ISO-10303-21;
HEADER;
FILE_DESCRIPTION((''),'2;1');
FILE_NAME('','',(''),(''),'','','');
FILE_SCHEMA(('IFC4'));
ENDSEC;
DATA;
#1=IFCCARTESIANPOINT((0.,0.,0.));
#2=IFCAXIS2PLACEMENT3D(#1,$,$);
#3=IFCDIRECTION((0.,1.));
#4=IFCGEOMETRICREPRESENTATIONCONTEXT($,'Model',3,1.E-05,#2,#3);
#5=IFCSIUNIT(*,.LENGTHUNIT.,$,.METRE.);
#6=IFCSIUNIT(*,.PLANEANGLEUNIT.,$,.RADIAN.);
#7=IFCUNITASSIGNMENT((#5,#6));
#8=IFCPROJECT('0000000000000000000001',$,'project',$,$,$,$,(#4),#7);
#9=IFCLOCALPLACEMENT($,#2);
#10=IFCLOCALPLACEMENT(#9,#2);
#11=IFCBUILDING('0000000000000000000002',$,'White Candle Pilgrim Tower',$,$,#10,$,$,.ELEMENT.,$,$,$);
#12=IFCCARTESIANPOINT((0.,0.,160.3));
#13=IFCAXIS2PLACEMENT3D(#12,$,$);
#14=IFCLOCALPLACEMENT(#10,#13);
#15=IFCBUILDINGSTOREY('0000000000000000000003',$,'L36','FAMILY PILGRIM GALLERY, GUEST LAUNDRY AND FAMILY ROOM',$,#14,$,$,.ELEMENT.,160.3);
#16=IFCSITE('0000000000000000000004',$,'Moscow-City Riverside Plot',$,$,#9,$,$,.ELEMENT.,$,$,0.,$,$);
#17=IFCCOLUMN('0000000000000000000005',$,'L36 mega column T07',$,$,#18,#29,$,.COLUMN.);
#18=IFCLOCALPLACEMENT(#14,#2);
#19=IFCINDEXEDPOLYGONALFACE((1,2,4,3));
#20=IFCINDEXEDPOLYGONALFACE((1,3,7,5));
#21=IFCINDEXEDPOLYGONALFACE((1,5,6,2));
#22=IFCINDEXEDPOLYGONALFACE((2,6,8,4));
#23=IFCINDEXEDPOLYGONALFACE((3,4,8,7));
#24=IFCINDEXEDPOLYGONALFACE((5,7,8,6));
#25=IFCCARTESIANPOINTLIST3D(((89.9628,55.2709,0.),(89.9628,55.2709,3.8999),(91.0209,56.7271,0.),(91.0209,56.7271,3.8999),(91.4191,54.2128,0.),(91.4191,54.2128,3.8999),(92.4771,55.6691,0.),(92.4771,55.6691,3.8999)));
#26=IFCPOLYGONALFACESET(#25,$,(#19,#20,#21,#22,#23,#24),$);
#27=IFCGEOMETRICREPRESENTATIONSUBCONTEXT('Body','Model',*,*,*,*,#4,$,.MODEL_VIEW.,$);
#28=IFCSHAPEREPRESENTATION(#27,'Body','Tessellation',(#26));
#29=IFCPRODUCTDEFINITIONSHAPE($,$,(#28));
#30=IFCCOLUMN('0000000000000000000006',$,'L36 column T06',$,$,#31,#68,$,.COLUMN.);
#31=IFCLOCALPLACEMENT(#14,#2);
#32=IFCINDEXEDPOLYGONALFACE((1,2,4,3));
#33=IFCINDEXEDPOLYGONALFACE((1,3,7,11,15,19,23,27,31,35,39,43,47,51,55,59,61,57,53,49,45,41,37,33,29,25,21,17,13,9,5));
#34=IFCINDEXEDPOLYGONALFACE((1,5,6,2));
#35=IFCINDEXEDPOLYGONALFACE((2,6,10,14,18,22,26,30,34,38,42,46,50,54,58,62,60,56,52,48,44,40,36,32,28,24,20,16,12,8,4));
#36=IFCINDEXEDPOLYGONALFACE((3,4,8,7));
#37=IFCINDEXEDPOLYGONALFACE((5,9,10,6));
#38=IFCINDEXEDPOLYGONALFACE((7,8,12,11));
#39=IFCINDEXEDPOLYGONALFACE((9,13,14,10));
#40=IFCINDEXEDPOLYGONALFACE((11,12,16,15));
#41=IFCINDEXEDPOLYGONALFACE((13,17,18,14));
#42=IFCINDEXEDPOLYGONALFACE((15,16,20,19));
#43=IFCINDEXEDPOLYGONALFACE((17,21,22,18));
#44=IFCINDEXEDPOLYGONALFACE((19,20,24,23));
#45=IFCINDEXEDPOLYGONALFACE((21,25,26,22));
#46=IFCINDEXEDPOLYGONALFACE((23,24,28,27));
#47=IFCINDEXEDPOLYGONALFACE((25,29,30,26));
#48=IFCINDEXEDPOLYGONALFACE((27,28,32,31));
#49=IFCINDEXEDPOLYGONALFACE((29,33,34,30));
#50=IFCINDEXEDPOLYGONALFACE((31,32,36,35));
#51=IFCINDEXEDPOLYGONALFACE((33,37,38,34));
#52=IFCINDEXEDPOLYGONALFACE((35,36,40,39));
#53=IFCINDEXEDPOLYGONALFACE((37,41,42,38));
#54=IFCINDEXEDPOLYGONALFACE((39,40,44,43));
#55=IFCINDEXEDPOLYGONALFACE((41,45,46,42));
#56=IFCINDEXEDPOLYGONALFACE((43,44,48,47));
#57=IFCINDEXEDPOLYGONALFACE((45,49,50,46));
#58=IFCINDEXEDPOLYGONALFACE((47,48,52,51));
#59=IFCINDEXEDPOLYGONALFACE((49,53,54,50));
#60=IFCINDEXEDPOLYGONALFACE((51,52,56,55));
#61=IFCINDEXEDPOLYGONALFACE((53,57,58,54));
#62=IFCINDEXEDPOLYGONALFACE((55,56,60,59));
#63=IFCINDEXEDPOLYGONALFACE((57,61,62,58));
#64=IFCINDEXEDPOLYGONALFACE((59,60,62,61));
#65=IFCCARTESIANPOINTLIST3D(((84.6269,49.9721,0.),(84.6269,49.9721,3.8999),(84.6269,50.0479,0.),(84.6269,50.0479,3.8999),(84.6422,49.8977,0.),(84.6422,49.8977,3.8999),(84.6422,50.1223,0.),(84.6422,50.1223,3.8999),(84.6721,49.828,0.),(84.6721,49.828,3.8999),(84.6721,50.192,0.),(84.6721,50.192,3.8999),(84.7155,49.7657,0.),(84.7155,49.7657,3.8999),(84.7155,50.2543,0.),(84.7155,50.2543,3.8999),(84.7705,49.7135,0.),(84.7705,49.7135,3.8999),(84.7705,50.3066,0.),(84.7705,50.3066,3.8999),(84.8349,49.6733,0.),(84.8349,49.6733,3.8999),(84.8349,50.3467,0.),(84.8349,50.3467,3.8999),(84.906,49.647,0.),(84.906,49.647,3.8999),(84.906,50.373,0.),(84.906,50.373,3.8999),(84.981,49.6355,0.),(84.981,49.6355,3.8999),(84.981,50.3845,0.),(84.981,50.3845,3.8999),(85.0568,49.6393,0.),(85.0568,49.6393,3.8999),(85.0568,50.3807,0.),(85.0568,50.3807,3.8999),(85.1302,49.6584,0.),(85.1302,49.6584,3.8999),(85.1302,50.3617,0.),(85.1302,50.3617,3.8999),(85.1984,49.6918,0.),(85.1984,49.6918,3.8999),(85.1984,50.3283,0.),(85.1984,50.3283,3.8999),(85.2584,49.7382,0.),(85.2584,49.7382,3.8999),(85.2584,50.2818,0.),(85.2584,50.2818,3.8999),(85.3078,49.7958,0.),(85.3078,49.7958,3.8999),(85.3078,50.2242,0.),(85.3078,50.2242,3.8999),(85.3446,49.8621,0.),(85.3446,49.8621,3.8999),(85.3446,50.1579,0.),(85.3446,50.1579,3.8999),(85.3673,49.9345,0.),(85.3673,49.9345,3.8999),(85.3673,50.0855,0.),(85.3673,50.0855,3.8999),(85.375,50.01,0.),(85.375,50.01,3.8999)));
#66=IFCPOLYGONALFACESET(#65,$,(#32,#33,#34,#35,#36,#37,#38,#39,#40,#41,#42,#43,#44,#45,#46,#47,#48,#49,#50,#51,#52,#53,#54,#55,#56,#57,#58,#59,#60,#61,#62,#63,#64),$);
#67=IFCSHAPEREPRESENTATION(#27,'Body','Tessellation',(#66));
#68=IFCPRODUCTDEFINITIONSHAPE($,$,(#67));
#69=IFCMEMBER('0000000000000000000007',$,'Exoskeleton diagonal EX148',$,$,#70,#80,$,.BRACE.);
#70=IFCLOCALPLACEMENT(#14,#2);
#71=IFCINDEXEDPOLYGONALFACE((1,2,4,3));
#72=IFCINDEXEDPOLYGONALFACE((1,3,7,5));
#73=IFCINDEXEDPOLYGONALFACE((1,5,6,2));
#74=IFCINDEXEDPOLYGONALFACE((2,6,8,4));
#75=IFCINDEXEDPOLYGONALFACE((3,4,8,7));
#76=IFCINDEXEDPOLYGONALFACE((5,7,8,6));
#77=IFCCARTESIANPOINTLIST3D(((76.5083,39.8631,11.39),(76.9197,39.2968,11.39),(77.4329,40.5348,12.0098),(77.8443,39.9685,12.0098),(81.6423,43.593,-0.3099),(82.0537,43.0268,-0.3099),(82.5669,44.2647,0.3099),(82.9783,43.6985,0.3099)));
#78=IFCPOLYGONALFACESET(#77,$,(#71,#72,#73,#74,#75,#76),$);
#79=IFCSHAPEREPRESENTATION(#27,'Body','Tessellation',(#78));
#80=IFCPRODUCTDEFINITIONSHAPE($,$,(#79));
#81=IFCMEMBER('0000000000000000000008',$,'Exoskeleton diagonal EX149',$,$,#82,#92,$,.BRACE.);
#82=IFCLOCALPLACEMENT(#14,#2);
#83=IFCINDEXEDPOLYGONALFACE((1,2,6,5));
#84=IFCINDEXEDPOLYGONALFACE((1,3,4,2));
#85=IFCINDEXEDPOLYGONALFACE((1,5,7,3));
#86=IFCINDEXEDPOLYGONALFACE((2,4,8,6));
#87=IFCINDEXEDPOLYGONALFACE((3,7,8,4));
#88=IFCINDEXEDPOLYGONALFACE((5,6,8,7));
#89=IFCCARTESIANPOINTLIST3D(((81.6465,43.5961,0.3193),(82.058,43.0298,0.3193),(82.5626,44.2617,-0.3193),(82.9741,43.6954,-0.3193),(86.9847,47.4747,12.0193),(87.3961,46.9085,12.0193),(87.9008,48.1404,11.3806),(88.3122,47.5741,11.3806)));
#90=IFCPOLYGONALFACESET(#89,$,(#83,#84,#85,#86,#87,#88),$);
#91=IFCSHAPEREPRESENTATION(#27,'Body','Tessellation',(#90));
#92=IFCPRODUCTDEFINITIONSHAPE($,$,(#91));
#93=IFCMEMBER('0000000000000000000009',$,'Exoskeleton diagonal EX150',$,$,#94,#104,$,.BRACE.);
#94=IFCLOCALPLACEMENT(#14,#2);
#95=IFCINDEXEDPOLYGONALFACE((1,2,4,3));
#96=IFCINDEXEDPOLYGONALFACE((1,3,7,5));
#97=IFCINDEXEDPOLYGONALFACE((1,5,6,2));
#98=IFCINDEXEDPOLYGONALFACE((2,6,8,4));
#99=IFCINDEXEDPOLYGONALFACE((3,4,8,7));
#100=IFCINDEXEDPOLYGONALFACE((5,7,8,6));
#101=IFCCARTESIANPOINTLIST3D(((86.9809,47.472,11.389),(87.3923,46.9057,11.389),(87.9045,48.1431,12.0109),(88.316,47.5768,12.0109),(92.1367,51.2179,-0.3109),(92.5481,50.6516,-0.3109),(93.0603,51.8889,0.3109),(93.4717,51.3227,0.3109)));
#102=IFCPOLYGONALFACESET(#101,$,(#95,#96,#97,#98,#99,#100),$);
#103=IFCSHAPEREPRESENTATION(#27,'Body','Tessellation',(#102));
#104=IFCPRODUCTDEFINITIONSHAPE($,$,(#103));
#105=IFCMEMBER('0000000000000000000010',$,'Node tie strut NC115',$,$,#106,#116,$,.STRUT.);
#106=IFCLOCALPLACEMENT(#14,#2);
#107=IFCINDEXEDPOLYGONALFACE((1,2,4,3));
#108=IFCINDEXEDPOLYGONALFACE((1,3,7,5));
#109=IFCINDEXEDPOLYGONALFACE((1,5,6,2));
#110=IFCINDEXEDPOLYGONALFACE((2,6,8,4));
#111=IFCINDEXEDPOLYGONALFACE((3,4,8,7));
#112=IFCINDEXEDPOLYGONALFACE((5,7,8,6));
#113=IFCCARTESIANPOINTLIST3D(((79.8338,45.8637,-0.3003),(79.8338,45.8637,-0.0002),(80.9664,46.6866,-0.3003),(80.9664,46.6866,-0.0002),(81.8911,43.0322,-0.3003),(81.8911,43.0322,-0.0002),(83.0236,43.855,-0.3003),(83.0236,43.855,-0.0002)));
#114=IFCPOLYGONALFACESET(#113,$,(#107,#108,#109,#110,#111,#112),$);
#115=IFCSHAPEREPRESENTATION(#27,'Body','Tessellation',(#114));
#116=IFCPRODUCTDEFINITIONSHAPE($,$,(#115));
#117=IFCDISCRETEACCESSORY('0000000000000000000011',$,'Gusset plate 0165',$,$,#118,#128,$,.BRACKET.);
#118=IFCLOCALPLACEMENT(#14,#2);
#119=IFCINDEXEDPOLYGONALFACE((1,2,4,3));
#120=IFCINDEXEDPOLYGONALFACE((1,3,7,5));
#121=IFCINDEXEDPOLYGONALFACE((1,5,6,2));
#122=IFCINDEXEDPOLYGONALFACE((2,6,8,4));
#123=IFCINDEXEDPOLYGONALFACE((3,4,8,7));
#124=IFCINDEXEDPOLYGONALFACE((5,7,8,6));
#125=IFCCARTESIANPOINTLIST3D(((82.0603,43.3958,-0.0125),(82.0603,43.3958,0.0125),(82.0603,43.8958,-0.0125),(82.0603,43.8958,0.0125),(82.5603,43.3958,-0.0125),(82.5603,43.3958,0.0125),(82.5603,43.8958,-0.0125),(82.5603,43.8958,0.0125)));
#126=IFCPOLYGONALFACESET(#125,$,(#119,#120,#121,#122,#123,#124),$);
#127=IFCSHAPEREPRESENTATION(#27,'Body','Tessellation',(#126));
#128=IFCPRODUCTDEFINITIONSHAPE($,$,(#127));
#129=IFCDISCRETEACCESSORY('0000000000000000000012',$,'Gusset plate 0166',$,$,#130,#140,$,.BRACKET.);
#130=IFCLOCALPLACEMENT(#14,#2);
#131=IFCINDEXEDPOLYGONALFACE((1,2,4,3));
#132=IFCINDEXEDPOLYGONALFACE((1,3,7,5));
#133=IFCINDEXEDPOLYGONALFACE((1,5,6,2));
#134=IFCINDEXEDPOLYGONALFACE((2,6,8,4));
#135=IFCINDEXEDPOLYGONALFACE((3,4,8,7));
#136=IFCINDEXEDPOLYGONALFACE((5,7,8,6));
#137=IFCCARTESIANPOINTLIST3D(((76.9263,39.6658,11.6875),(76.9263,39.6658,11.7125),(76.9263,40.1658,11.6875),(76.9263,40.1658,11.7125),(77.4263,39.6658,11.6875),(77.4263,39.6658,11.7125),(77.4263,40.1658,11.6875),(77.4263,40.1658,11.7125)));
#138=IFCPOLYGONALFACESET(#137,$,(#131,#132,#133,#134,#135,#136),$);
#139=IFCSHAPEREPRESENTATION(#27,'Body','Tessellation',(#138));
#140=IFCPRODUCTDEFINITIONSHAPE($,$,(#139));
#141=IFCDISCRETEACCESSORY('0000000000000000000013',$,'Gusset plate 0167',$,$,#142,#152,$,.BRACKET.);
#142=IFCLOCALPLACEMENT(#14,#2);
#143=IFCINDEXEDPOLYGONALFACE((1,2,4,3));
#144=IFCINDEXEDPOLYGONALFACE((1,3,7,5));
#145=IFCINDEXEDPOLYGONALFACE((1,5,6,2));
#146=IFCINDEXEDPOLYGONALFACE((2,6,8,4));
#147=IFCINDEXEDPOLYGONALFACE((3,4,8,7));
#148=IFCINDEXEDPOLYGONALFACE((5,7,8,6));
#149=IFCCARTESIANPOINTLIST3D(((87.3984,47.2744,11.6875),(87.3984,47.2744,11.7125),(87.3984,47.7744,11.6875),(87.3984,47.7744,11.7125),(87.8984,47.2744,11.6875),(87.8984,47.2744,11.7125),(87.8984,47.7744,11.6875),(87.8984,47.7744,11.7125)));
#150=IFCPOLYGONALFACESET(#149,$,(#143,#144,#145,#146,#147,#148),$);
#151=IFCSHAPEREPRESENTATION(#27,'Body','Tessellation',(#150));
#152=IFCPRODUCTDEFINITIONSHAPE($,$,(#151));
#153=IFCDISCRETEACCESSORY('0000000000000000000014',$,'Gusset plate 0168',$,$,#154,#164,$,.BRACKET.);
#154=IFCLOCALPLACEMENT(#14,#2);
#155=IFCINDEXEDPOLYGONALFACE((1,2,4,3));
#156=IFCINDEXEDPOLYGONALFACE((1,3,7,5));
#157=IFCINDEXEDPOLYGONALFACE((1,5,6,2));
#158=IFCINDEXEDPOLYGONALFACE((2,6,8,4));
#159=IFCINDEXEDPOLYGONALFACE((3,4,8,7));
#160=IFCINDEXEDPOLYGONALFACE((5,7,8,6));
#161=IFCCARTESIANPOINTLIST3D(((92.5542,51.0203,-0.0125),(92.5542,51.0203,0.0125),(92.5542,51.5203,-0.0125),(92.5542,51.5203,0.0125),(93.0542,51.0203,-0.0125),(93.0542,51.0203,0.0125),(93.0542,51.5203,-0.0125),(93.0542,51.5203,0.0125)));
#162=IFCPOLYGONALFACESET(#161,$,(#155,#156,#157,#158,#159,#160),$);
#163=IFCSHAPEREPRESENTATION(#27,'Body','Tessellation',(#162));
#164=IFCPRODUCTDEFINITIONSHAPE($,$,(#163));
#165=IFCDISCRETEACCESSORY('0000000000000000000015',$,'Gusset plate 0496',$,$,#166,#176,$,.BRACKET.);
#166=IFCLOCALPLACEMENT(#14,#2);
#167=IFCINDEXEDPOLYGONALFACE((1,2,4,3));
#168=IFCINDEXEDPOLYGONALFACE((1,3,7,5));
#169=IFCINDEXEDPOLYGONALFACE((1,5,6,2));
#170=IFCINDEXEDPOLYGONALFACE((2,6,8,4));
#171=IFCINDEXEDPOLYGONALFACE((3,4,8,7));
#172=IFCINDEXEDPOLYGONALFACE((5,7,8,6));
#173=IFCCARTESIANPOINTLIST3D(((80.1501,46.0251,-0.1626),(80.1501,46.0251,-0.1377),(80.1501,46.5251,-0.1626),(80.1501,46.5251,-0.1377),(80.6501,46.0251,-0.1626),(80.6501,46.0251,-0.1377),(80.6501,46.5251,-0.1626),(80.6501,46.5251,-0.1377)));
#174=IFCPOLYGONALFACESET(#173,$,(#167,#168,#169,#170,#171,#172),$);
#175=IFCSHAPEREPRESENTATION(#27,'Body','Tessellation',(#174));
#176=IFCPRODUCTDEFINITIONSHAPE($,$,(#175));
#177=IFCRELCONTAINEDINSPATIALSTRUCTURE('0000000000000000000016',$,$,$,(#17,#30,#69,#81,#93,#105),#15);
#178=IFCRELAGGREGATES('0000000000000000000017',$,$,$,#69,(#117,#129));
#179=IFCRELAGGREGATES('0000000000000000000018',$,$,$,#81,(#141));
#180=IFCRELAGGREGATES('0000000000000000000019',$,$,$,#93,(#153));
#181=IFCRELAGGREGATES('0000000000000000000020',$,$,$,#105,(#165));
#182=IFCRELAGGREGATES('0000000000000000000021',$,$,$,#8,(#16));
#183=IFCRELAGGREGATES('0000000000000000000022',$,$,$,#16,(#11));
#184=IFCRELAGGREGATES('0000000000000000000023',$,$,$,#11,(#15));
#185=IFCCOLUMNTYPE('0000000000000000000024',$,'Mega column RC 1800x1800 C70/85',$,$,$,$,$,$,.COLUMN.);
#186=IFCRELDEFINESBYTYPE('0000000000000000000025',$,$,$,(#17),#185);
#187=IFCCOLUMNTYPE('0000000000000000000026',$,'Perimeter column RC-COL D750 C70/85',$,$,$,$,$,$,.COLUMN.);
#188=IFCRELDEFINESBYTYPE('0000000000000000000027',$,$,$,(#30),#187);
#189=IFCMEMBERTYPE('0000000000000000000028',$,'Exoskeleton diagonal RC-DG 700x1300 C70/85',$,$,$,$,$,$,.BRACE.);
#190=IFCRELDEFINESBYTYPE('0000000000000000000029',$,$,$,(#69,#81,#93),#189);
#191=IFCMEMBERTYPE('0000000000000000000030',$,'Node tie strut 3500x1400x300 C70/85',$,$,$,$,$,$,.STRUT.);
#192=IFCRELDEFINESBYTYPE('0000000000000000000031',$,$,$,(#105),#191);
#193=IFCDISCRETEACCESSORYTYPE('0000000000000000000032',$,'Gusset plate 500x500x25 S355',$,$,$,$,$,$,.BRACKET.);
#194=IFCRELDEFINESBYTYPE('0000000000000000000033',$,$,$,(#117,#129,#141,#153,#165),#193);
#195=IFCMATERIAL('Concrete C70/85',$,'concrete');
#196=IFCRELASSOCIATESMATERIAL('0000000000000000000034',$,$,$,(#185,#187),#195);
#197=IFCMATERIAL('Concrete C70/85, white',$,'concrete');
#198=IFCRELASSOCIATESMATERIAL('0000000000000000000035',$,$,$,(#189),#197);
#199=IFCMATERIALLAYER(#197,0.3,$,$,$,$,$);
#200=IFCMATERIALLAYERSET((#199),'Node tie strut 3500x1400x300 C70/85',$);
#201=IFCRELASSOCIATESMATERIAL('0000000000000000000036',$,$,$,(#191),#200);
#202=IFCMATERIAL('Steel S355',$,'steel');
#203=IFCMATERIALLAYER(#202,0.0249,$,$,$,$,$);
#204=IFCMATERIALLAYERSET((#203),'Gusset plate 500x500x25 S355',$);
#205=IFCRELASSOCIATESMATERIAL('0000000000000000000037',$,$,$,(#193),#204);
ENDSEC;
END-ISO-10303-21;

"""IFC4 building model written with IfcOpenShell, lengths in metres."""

from ifc_helpers import new_model, si_unit, direction, frame, origin, origin_2d, place, context, subcontext, project, spatial, rectangle, circle, extrude, material, layer, layer_set, material_profile, profile_set, type_object, element, aggregate, save


model = new_model("IFC4")

# Units and contexts
model_context = context("Model", 3, precision=1e-05, world=origin(), true_north=direction((0.0, 1.0)))
body_context = subcontext(model_context, "Body", "Model", "MODEL_VIEW")
ifc_project = project(units=[si_unit("LENGTHUNIT", "METRE"), si_unit("PLANEANGLEUNIT", "RADIAN")], contexts=[model_context])

# Site, building, storey
site_placement = place(None, origin())
site = spatial("IfcSite", under=ifc_project, at=site_placement, Name="Moscow-City Riverside Plot", CompositionType="ELEMENT", RefElevation=0.0)
building_placement = place(site_placement, origin())
building = spatial("IfcBuilding", under=site, at=building_placement, Name="White Candle Pilgrim Tower", CompositionType="ELEMENT")
storey_placement = place(building_placement, frame((0.0, 0.0, 160.3)))
storey = spatial("IfcBuildingStorey", under=building, at=storey_placement, Name="L36", Description="FAMILY PILGRIM GALLERY, GUEST LAUNDRY AND FAMILY ROOM", CompositionType="ELEMENT", Elevation=160.3)

# Columns
ifc_material_1 = material(Name="Concrete C70/85", Category="concrete")
ifc_material_profile_1 = material_profile(ifc_material_1, rectangle(XDim=1.8, YDim=1.8, at=origin_2d()), Name="RC 1800x1800")
ifc_profile_set_1 = profile_set([ifc_material_profile_1], Name="Concrete C70/85")
column_type_1 = type_object("IfcColumnType", Name="Mega column RC 1800x1800 C70/85", PredefinedType="COLUMN", material=ifc_profile_set_1)
column_1_placement = place(storey_placement, frame((91.22, 55.47, 0.0), z_axis=(0.0, 0.0, 1.0), x_axis=(0.809017, -0.587785, 0.0)))
element("IfcColumn", 1, at=column_1_placement, inside=storey, type_object=column_type_1, Name="L36 mega column T07", PredefinedType="COLUMN", context=body_context, shape_type="SweptSolid", body=[
    extrude(rectangle(XDim=1.8, YDim=1.8, at=origin_2d()), origin(), (0.0, 0.0, 1.0), 3.8999),
])
ifc_material_profile_2 = material_profile(ifc_material_1, circle(Radius=0.375, at=origin_2d()), Name="RC-COL D750")
ifc_profile_set_2 = profile_set([ifc_material_profile_2], Name="Concrete C70/85")
column_type_2 = type_object("IfcColumnType", Name="Perimeter column RC-COL D750 C70/85", PredefinedType="COLUMN", material=ifc_profile_set_2)
column_2_placement = place(storey_placement, frame((85.0, 50.01, 0.0), z_axis=(0.0, 0.0, 1.0), x_axis=(1.0, 0.0, 0.0)))
element("IfcColumn", 2, at=column_2_placement, inside=storey, type_object=column_type_2, Name="L36 column T06", PredefinedType="COLUMN", context=body_context, shape_type="SweptSolid", body=[
    extrude(circle(Radius=0.375, at=origin_2d()), origin(), (0.0, 0.0, 1.0), 3.8999),
])

# Members
ifc_material_2 = material(Name="Concrete C70/85, white", Category="concrete")
ifc_material_profile_3 = material_profile(ifc_material_2, rectangle(XDim=0.7, YDim=1.3, at=origin_2d()), Name="RC-DG 700x1300")
ifc_profile_set_3 = profile_set([ifc_material_profile_3], Name="Concrete C70/85, white")
member_type_1 = type_object("IfcMemberType", Name="Exoskeleton diagonal RC-DG 700x1300 C70/85", PredefinedType="BRACE", material=ifc_profile_set_3)
member_1_placement = place(storey_placement, frame((82.3103, 43.6458, 0.0), z_axis=(-0.385723, -0.280236, 0.879025), x_axis=(0.587774, -0.809025, 0.0)))
member_1 = element("IfcMember", 3, at=member_1_placement, inside=storey, type_object=member_type_1, Name="Exoskeleton diagonal EX148", PredefinedType="BRACE", context=body_context, shape_type="SweptSolid", body=[
    extrude(rectangle(XDim=0.7, YDim=1.3, at=origin_2d()), origin(), (0.0, 0.0, 1.0), 13.3101),
])
member_2_placement = place(storey_placement, frame((82.3103, 43.6458, 0.0), z_axis=(0.397408, 0.288755, 0.871027), x_axis=(-0.587813, 0.808997, 0.0)))
member_2 = element("IfcMember", 4, at=member_2_placement, inside=storey, type_object=member_type_1, Name="Exoskeleton diagonal EX149", PredefinedType="BRACE", context=body_context, shape_type="SweptSolid", body=[
    extrude(rectangle(XDim=0.7, YDim=1.3, at=origin_2d()), origin(), (0.0, 0.0, 1.0), 13.4324),
])
member_3_placement = place(storey_placement, frame((92.8042, 51.2703, 0.0), z_axis=(-0.386982, -0.281157, 0.878177), x_axis=(0.587782, -0.809019, 0.0)))
member_3 = element("IfcMember", 5, at=member_3_placement, inside=storey, type_object=member_type_1, Name="Exoskeleton diagonal EX150", PredefinedType="BRACE", context=body_context, shape_type="SweptSolid", body=[
    extrude(rectangle(XDim=0.7, YDim=1.3, at=origin_2d()), origin(), (0.0, 0.0, 1.0), 13.323),
])
ifc_layer_1 = layer(ifc_material_2, 0.3)
ifc_layer_set_1 = layer_set([ifc_layer_1], Name="Node tie strut 3500x1400x300 C70/85")
member_type_2 = type_object("IfcMemberType", Name="Node tie strut 3500x1400x300 C70/85", PredefinedType="STRUT", material=ifc_layer_set_1)
member_4_placement = place(storey_placement, frame((81.4287, 44.8594, -0.3003), z_axis=(0.0, 0.0, 1.0), x_axis=(0.809017, 0.587785, 0.0)))
member_4 = element("IfcMember", 6, at=member_4_placement, inside=storey, type_object=member_type_2, Name="Node tie strut NC115", PredefinedType="STRUT", context=body_context, shape_type="SweptSolid", body=[
    extrude(rectangle(XDim=1.3999, YDim=3.5, at=origin_2d()), origin(), (0.0, 0.0, 1.0), 0.3),
])

# Discrete accessories
ifc_material_3 = material(Name="Steel S355", Category="steel")
ifc_layer_2 = layer(ifc_material_3, 0.0249)
ifc_layer_set_2 = layer_set([ifc_layer_2], Name="Gusset plate 500x500x25 S355")
discrete_accessory_type = type_object("IfcDiscreteAccessoryType", Name="Gusset plate 500x500x25 S355", PredefinedType="BRACKET", material=ifc_layer_set_2)
discrete_accessory_1_placement = place(storey_placement, frame((82.3103, 43.6458, -0.0125), z_axis=(0.0, 0.0, 1.0), x_axis=(1.0, 0.0, 0.0)))
discrete_accessory_1 = element("IfcDiscreteAccessory", 7, at=discrete_accessory_1_placement, type_object=discrete_accessory_type, Name="Gusset plate 0165", PredefinedType="BRACKET", context=body_context, shape_type="SweptSolid", body=[
    extrude(rectangle(XDim=0.5, YDim=0.5, at=origin_2d()), origin(), (0.0, 0.0, 1.0), 0.0249),
])
placement = place(building_placement, frame((0.0, 0.0, 172.0)))
discrete_accessory_2_placement = place(placement, frame((77.1763, 39.9158, -0.0125), z_axis=(0.0, 0.0, 1.0), x_axis=(1.0, 0.0, 0.0)))
discrete_accessory_2 = element("IfcDiscreteAccessory", 8, at=discrete_accessory_2_placement, type_object=discrete_accessory_type, Name="Gusset plate 0166", PredefinedType="BRACKET", context=body_context, shape_type="SweptSolid", body=[
    extrude(rectangle(XDim=0.5, YDim=0.5, at=origin_2d()), origin(), (0.0, 0.0, 1.0), 0.0249),
])
aggregate(member_1, [discrete_accessory_1, discrete_accessory_2])
discrete_accessory_3_placement = place(placement, frame((87.6484, 47.5244, -0.0125), z_axis=(0.0, 0.0, 1.0), x_axis=(1.0, 0.0, 0.0)))
discrete_accessory_3 = element("IfcDiscreteAccessory", 9, at=discrete_accessory_3_placement, type_object=discrete_accessory_type, Name="Gusset plate 0167", PredefinedType="BRACKET", context=body_context, shape_type="SweptSolid", body=[
    extrude(rectangle(XDim=0.5, YDim=0.5, at=origin_2d()), origin(), (0.0, 0.0, 1.0), 0.0249),
])
aggregate(member_2, [discrete_accessory_3])
discrete_accessory_4_placement = place(storey_placement, frame((92.8042, 51.2703, -0.0125), z_axis=(0.0, 0.0, 1.0), x_axis=(1.0, 0.0, 0.0)))
discrete_accessory_4 = element("IfcDiscreteAccessory", 10, at=discrete_accessory_4_placement, type_object=discrete_accessory_type, Name="Gusset plate 0168", PredefinedType="BRACKET", context=body_context, shape_type="SweptSolid", body=[
    extrude(rectangle(XDim=0.5, YDim=0.5, at=origin_2d()), origin(), (0.0, 0.0, 1.0), 0.0249),
])
aggregate(member_3, [discrete_accessory_4])
discrete_accessory_5_placement = place(storey_placement, frame((80.4001, 46.2751, -0.1626), z_axis=(0.0, 0.0, 1.0), x_axis=(1.0, 0.0, 0.0)))
discrete_accessory_5 = element("IfcDiscreteAccessory", 11, at=discrete_accessory_5_placement, type_object=discrete_accessory_type, Name="Gusset plate 0496", PredefinedType="BRACKET", context=body_context, shape_type="SweptSolid", body=[
    extrude(rectangle(XDim=0.5, YDim=0.5, at=origin_2d()), origin(), (0.0, 0.0, 1.0), 0.0249),
])
aggregate(member_4, [discrete_accessory_5])

save(model, "model.ifc")
